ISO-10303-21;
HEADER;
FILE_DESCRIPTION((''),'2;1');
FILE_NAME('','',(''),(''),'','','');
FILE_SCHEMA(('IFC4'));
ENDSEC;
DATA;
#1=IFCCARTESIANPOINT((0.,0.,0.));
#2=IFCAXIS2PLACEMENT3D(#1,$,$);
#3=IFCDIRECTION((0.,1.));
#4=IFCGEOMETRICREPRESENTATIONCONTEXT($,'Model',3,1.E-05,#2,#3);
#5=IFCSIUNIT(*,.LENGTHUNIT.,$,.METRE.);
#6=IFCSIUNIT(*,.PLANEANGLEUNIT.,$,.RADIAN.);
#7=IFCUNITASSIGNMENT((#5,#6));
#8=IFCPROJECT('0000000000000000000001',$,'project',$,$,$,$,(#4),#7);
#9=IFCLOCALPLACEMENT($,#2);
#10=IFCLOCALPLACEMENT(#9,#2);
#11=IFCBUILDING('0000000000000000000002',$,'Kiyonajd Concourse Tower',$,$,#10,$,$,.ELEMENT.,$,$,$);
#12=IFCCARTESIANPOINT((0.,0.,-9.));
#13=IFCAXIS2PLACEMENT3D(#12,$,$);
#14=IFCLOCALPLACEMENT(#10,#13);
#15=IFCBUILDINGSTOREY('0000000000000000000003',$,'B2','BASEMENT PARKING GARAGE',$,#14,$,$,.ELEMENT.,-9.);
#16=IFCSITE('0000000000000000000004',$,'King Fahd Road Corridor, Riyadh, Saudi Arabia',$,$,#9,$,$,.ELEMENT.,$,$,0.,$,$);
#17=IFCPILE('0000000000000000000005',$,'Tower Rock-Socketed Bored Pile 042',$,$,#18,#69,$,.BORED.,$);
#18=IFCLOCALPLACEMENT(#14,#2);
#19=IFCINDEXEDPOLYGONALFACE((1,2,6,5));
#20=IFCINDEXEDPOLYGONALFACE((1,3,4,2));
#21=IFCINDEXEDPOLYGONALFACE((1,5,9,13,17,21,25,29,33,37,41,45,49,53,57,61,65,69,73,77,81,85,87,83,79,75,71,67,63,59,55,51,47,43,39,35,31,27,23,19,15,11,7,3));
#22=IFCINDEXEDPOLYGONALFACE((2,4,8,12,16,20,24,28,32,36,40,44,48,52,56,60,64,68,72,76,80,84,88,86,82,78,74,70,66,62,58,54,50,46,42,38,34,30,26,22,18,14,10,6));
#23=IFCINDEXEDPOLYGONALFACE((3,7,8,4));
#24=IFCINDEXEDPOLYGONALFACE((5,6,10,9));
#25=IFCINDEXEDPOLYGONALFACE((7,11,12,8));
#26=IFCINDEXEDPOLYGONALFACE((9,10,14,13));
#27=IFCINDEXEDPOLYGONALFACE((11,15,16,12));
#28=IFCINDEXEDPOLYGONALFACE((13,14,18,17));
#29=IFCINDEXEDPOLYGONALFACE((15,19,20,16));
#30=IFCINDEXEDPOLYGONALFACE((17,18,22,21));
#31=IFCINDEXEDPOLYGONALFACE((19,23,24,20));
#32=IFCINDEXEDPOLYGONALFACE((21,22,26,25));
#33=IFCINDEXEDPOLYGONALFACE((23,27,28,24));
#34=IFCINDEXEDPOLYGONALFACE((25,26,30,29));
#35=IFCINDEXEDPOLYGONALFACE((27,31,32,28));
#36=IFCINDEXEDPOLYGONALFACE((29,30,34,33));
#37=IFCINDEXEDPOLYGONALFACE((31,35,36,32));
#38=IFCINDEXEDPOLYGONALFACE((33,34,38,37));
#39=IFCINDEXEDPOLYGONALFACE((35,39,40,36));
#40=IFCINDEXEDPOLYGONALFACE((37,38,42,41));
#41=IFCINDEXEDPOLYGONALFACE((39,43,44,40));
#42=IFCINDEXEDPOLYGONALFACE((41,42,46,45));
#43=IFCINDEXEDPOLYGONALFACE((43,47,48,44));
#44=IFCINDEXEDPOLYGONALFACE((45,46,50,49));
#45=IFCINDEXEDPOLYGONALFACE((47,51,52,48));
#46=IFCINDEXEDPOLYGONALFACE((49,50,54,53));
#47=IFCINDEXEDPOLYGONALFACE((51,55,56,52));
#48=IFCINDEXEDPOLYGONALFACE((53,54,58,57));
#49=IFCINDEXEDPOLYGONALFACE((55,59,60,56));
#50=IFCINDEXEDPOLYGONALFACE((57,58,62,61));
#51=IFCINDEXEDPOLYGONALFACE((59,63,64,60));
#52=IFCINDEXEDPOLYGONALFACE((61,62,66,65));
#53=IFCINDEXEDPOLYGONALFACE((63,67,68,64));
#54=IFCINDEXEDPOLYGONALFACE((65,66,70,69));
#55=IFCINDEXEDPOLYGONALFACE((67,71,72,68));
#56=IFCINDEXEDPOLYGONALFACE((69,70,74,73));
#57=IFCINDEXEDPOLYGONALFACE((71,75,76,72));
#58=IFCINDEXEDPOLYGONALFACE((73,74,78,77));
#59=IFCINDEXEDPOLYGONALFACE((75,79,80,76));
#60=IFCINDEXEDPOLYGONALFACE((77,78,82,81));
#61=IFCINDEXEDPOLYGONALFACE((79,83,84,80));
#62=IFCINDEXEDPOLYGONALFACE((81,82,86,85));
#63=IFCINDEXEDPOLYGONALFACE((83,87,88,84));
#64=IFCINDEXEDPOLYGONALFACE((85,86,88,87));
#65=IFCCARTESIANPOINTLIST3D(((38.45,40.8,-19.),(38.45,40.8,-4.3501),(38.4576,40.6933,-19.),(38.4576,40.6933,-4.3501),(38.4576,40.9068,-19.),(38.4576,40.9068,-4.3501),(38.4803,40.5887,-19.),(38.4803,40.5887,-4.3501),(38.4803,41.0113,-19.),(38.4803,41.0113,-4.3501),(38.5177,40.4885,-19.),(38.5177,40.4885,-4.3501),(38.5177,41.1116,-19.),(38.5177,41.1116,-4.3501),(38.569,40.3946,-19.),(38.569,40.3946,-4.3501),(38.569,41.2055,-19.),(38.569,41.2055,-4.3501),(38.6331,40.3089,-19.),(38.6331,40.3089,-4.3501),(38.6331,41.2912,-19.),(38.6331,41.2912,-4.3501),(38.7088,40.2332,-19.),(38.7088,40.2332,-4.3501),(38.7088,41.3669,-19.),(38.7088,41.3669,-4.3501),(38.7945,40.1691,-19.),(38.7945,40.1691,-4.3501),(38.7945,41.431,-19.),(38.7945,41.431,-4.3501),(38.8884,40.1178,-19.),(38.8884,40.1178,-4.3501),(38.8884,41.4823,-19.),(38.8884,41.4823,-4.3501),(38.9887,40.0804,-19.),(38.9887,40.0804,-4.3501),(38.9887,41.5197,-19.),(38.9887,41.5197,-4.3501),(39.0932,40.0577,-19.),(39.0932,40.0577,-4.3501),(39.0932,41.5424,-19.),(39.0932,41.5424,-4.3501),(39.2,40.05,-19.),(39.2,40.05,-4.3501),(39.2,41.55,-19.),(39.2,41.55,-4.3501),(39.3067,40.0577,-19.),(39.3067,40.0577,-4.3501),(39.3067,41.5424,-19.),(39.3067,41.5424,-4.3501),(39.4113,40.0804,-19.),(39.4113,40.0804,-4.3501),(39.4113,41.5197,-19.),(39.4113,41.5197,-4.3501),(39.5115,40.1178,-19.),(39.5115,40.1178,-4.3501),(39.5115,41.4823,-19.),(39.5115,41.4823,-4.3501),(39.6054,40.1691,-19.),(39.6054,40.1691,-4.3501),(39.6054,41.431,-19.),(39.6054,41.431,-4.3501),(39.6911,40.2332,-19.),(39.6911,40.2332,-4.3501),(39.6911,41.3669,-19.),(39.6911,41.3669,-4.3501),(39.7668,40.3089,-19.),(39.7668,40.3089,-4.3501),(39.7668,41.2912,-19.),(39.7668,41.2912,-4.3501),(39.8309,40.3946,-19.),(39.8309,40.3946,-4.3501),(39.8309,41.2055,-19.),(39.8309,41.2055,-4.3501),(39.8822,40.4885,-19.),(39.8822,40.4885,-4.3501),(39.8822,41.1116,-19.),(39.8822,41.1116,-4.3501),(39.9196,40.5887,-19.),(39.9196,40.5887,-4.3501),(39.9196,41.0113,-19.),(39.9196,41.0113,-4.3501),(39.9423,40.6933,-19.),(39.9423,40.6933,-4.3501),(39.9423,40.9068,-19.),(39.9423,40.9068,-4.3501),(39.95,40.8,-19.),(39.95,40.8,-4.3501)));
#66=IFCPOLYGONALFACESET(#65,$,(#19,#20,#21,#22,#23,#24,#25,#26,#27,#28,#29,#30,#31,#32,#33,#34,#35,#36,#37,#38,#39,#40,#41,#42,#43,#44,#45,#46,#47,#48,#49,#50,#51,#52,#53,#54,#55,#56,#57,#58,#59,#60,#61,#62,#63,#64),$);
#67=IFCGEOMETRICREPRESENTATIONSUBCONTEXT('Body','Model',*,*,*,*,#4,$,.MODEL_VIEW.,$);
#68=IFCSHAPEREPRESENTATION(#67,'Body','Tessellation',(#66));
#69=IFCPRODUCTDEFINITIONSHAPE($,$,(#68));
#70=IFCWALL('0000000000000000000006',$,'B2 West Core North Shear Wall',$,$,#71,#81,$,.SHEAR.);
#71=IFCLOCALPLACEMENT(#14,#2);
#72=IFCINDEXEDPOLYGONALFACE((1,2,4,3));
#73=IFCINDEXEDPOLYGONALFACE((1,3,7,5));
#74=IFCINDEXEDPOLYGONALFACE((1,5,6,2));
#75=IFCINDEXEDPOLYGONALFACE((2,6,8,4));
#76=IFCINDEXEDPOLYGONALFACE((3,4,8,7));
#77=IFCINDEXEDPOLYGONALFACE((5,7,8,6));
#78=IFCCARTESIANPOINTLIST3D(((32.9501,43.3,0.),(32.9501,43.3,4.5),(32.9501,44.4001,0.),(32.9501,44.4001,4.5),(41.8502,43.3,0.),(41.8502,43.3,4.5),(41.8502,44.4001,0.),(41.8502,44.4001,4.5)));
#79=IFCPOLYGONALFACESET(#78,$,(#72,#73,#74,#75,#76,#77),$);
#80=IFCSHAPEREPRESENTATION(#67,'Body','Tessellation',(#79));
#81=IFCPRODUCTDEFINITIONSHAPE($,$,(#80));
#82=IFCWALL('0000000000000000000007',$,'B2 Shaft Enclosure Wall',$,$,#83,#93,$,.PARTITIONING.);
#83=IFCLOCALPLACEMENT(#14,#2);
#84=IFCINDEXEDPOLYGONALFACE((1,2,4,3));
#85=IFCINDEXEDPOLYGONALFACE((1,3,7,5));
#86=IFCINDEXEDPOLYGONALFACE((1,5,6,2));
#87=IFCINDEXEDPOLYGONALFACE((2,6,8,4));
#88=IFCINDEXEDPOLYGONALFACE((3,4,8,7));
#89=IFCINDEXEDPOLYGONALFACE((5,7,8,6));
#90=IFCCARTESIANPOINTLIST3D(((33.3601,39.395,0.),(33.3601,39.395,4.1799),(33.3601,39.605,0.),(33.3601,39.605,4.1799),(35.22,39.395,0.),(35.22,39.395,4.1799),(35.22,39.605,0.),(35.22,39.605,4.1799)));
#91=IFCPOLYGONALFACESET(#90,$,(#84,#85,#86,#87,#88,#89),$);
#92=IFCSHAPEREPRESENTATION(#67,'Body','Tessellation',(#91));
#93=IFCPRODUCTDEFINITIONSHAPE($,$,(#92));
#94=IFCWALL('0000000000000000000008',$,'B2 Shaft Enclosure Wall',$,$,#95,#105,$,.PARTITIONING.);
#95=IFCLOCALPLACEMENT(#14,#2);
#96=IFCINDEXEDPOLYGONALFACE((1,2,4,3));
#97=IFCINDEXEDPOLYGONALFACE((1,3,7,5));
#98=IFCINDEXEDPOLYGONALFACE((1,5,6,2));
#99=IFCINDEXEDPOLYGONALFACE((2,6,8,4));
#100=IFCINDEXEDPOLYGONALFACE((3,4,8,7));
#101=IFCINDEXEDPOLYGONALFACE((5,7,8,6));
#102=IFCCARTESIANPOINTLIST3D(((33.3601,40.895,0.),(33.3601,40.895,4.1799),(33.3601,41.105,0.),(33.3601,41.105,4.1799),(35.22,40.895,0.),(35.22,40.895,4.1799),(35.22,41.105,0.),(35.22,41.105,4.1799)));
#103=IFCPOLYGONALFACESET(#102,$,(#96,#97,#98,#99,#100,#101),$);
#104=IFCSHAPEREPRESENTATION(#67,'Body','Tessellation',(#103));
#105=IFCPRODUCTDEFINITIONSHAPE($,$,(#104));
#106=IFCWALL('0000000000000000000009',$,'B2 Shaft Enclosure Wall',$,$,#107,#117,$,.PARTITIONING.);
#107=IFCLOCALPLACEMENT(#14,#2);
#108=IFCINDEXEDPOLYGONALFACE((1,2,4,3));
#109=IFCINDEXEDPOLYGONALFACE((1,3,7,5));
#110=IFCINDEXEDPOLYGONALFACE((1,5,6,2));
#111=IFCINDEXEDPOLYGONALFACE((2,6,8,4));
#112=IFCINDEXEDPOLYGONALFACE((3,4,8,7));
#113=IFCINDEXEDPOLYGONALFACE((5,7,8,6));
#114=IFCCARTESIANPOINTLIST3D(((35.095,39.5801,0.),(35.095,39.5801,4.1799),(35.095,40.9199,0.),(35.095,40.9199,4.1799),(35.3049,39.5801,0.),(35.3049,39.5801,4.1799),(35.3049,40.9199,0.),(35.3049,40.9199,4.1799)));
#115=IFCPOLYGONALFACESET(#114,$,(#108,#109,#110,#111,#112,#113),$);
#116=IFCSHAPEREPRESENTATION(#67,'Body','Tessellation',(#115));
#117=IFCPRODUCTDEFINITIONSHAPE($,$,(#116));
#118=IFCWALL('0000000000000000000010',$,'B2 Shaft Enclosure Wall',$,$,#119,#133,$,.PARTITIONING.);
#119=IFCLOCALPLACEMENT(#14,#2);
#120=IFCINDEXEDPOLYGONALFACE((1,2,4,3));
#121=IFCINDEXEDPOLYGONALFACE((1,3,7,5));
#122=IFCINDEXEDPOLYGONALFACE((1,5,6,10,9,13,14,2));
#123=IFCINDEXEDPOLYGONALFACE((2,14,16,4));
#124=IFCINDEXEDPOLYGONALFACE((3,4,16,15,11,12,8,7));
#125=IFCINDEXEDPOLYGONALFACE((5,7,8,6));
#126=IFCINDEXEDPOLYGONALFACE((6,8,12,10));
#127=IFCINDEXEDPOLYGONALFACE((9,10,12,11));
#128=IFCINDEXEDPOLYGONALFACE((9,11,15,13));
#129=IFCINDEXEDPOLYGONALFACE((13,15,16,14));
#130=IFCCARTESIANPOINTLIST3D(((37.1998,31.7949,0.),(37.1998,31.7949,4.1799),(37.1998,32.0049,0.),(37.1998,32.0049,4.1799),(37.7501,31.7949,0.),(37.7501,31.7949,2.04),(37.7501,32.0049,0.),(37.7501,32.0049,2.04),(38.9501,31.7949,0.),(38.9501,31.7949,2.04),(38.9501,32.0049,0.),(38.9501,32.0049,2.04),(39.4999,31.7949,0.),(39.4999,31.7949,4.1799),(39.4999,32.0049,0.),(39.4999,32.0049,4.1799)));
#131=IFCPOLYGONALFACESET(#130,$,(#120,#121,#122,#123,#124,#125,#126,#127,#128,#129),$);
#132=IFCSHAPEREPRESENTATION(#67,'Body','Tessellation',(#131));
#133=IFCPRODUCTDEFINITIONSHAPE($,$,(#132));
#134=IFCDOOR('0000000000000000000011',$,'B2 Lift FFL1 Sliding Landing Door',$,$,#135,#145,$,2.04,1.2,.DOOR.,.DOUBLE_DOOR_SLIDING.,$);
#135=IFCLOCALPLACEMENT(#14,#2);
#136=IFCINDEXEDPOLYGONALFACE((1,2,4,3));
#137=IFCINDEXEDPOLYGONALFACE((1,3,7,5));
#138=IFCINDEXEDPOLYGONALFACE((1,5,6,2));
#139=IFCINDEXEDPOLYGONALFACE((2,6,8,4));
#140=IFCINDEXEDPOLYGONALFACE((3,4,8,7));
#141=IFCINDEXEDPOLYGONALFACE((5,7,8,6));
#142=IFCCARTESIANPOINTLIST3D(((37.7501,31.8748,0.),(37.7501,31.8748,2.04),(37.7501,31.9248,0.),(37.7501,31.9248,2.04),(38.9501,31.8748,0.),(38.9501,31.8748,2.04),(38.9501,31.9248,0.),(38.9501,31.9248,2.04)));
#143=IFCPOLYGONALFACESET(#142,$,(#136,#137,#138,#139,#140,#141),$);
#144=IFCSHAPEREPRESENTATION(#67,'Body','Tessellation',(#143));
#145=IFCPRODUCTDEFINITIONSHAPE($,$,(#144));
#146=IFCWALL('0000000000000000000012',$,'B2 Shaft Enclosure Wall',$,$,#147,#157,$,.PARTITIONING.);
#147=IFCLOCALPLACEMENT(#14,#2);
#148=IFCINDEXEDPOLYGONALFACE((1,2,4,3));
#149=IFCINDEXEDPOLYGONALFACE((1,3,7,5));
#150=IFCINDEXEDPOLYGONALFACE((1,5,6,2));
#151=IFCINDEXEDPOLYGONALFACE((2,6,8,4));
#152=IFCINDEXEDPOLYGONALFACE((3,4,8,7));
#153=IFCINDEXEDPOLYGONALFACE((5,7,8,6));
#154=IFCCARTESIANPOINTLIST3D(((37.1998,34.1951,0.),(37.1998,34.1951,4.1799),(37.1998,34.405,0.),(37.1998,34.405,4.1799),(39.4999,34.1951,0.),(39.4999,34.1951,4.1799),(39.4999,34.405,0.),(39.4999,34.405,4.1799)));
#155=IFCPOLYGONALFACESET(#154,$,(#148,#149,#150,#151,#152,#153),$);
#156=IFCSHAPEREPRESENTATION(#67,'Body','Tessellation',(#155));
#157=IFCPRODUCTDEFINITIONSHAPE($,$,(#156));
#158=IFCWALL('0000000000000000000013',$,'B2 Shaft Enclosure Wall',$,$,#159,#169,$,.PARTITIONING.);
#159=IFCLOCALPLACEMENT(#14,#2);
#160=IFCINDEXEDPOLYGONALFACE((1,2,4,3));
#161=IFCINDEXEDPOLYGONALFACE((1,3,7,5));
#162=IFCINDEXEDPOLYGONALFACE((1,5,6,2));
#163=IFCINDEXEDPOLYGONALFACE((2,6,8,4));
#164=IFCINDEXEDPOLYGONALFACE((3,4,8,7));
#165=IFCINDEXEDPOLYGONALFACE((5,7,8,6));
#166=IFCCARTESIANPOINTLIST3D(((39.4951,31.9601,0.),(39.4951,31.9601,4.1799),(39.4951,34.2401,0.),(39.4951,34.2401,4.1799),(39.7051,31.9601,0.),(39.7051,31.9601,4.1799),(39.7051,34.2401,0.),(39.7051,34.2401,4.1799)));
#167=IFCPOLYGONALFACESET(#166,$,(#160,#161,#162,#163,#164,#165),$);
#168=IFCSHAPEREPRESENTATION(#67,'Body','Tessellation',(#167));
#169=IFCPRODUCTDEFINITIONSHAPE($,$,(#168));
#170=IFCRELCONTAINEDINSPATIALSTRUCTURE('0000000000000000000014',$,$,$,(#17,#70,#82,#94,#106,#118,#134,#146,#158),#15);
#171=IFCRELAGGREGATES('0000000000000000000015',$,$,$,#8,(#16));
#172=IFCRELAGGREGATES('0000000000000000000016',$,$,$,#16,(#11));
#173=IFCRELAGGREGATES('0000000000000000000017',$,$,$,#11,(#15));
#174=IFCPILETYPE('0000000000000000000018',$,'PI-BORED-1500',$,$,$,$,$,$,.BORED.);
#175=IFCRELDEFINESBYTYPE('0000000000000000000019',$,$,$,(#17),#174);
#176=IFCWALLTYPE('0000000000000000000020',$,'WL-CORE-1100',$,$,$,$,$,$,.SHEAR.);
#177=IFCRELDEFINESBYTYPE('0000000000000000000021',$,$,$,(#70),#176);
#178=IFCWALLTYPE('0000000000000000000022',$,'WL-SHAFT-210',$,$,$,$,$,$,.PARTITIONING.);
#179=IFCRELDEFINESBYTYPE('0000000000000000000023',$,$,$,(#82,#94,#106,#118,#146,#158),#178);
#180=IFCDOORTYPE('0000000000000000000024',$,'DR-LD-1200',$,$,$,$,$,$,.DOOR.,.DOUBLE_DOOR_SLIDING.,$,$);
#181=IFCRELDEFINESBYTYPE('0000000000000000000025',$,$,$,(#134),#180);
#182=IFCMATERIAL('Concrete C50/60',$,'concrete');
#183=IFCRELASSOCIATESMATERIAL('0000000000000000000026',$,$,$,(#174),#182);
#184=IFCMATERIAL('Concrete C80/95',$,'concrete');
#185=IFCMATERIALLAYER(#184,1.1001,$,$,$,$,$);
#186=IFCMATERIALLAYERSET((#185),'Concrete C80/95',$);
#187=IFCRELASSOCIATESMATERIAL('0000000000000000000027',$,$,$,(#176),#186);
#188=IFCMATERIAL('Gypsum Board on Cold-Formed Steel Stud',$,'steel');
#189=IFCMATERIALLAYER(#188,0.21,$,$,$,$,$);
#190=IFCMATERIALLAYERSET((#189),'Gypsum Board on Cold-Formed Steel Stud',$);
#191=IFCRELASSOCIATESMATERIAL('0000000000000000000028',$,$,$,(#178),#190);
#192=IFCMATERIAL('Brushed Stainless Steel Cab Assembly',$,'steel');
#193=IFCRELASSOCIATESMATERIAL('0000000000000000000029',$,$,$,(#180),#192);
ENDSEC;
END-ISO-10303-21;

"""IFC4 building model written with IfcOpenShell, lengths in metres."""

from ifc_helpers import new_model, si_unit, direction, frame, frame_2d, origin, origin_2d, place, context, subcontext, project, spatial, rectangle, circle, extrude, material, layer, layer_set, material_profile, profile_set, type_object, element, fill, save


model = new_model("IFC4")

# Units and contexts
model_context = context("Model", 3, precision=1e-05, world=origin(), true_north=direction((0.0, 1.0)))
body_context = subcontext(model_context, "Body", "Model", "MODEL_VIEW")
ifc_project = project(units=[si_unit("LENGTHUNIT", "METRE"), si_unit("PLANEANGLEUNIT", "RADIAN")], contexts=[model_context])

# Site, building, storey
site_placement = place(None, origin())
site = spatial("IfcSite", under=ifc_project, at=site_placement, Name="King Fahd Road Corridor, Riyadh, Saudi Arabia", CompositionType="ELEMENT", RefElevation=0.0)
building_placement = place(site_placement, origin())
building = spatial("IfcBuilding", under=site, at=building_placement, Name="Kiyonajd Concourse Tower", CompositionType="ELEMENT")
storey_placement = place(building_placement, frame((0.0, 0.0, -9.0)))
storey = spatial("IfcBuildingStorey", under=building, at=storey_placement, Name="B2", Description="BASEMENT PARKING GARAGE", CompositionType="ELEMENT", Elevation=-9.0)

# Pile
ifc_material_1 = material(Name="Concrete C50/60", Category="concrete")
ifc_material_profile = material_profile(ifc_material_1, circle(Radius=0.75, at=origin_2d()), Name="PILE-D1500")
ifc_profile_set = profile_set([ifc_material_profile], Name="Concrete C50/60")
pile_type = type_object("IfcPileType", Name="PI-BORED-1500", PredefinedType="BORED", material=ifc_profile_set)
for number, where, z_axis, x_axis, name in (
    (1, (39.2, 40.8, -4.3501), (0.0, 0.0, -1.0), (1.0, 0.0, 0.0), "Tower Rock-Socketed Bored Pile 042"),
):
    element("IfcPile", number, at=place(storey_placement, frame(where, z_axis=z_axis, x_axis=x_axis)), inside=storey, type_object=pile_type, Name=name, PredefinedType="BORED", context=body_context, shape_type="SweptSolid", body=[
        extrude(circle(Radius=0.75, at=origin_2d()), origin(), (0.0, 0.0, 1.0), 14.6499),
    ])

# Walls
ifc_material_2 = material(Name="Concrete C80/95", Category="concrete")
ifc_layer_1 = layer(ifc_material_2, 1.1001)
ifc_layer_set_1 = layer_set([ifc_layer_1], Name="Concrete C80/95")
wall_type_1 = type_object("IfcWallType", Name="WL-CORE-1100", PredefinedType="SHEAR", material=ifc_layer_set_1)
wall_1_placement = place(storey_placement, frame((32.95, 43.8501, 0.0), z_axis=(0.0, 0.0, 1.0), x_axis=(1.0, 0.0, 0.0)))
element("IfcWall", 2, at=wall_1_placement, inside=storey, type_object=wall_type_1, Name="B2 West Core North Shear Wall", PredefinedType="SHEAR", context=body_context, shape_type="SweptSolid", body=[
    extrude(rectangle(XDim=8.9001, YDim=1.1001, at=frame_2d((4.4502, 0.0))), origin(), (0.0, 0.0, 1.0), 4.5),
])
ifc_material_3 = material(Name="Gypsum Board on Cold-Formed Steel Stud", Category="steel")
ifc_layer_2 = layer(ifc_material_3, 0.21)
ifc_layer_set_2 = layer_set([ifc_layer_2], Name="Gypsum Board on Cold-Formed Steel Stud")
wall_type_2 = type_object("IfcWallType", Name="WL-SHAFT-210", PredefinedType="PARTITIONING", material=ifc_layer_set_2)
for number, where, z_axis, x_axis, name in (
    (3, (33.3601, 39.5, 0.0), (0.0, 0.0, 1.0), (1.0, 0.0, 0.0), "B2 Shaft Enclosure Wall"),
    (4, (33.3601, 41.0, 0.0), (0.0, 0.0, 1.0), (1.0, 0.0, 0.0), "B2 Shaft Enclosure Wall"),
):
    element("IfcWall", number, at=place(storey_placement, frame(where, z_axis=z_axis, x_axis=x_axis)), inside=storey, type_object=wall_type_2, Name=name, PredefinedType="PARTITIONING", context=body_context, shape_type="SweptSolid", body=[
        extrude(rectangle(XDim=1.8599, YDim=0.21, at=frame_2d((0.9299, 0.0))), origin(), (0.0, 0.0, 1.0), 4.1799),
    ])
wall_2_placement = place(storey_placement, frame((35.2, 39.5801, 0.0), z_axis=(0.0, 0.0, 1.0), x_axis=(0.0, 1.0, 0.0)))
element("IfcWall", 5, at=wall_2_placement, inside=storey, type_object=wall_type_2, Name="B2 Shaft Enclosure Wall", PredefinedType="PARTITIONING", context=body_context, shape_type="SweptSolid", body=[
    extrude(rectangle(XDim=1.3398, YDim=0.21, at=frame_2d((0.6699, 0.0))), origin(), (0.0, 0.0, 1.0), 4.1799),
])

# Wall, opening, door
wall_3_placement = place(storey_placement, frame((37.2, 31.8999, 0.0), z_axis=(0.0, 0.0, 1.0), x_axis=(1.0, 0.0, 0.0)))
wall_3 = element("IfcWall", 6, at=wall_3_placement, inside=storey, type_object=wall_type_2, Name="B2 Shaft Enclosure Wall", PredefinedType="PARTITIONING", context=body_context, shape_type="SweptSolid", body=[
    extrude(rectangle(XDim=2.3, YDim=0.21, at=frame_2d((1.1499, 0.0))), origin(), (0.0, 0.0, 1.0), 4.1799),
])
opening_1_placement = place(wall_3_placement, frame((0.55, 0.0, 0.0)))
opening_1 = element("IfcOpeningElement", 7, at=opening_1_placement, cuts=wall_3, PredefinedType="OPENING", context=body_context, shape_type="SweptSolid", body=[
    extrude(rectangle(XDim=1.2, YDim=2.04, at=frame_2d((0.6001, 1.02))), frame((0.0, 0.115, 0.0), z_axis=(0.0, -1.0, 0.0), x_axis=(1.0, 0.0, 0.0)), (0.0, 0.0, 1.0), 0.23),
])
ifc_material_4 = material(Name="Brushed Stainless Steel Cab Assembly", Category="steel")
door_type_1 = type_object("IfcDoorType", Name="DR-LD-1200", OperationType="DOUBLE_DOOR_SLIDING", PredefinedType="DOOR", material=ifc_material_4)
door_1_placement = place(opening_1_placement, origin())
door_1 = element("IfcDoor", 8, at=door_1_placement, inside=storey, type_object=door_type_1, Name="B2 Lift FFL1 Sliding Landing Door", OperationType="DOUBLE_DOOR_SLIDING", OverallHeight=2.04, OverallWidth=1.2, PredefinedType="DOOR", context=body_context, shape_type="SweptSolid", body=[
    extrude(rectangle(XDim=1.2, YDim=2.04, at=frame_2d((0.6001, 1.02))), frame((0.0, 0.0249, 0.0), z_axis=(0.0, -1.0, 0.0), x_axis=(1.0, 0.0, 0.0)), (0.0, 0.0, 1.0), 0.05),
])
fill(opening_1, door_1)

# Walls
wall_4_placement = place(storey_placement, frame((37.2, 34.3, 0.0), z_axis=(0.0, 0.0, 1.0), x_axis=(1.0, 0.0, 0.0)))
element("IfcWall", 9, at=wall_4_placement, inside=storey, type_object=wall_type_2, Name="B2 Shaft Enclosure Wall", PredefinedType="PARTITIONING", context=body_context, shape_type="SweptSolid", body=[
    extrude(rectangle(XDim=2.3, YDim=0.21, at=frame_2d((1.1499, 0.0))), origin(), (0.0, 0.0, 1.0), 4.1799),
])
wall_5_placement = place(storey_placement, frame((39.6001, 31.96, 0.0), z_axis=(0.0, 0.0, 1.0), x_axis=(0.0, 1.0, 0.0)))
element("IfcWall", 10, at=wall_5_placement, inside=storey, type_object=wall_type_2, Name="B2 Shaft Enclosure Wall", PredefinedType="PARTITIONING", context=body_context, shape_type="SweptSolid", body=[
    extrude(rectangle(XDim=2.28, YDim=0.21, at=frame_2d((1.1401, 0.0))), origin(), (0.0, 0.0, 1.0), 4.1799),
])

save(model, "model.ifc")
